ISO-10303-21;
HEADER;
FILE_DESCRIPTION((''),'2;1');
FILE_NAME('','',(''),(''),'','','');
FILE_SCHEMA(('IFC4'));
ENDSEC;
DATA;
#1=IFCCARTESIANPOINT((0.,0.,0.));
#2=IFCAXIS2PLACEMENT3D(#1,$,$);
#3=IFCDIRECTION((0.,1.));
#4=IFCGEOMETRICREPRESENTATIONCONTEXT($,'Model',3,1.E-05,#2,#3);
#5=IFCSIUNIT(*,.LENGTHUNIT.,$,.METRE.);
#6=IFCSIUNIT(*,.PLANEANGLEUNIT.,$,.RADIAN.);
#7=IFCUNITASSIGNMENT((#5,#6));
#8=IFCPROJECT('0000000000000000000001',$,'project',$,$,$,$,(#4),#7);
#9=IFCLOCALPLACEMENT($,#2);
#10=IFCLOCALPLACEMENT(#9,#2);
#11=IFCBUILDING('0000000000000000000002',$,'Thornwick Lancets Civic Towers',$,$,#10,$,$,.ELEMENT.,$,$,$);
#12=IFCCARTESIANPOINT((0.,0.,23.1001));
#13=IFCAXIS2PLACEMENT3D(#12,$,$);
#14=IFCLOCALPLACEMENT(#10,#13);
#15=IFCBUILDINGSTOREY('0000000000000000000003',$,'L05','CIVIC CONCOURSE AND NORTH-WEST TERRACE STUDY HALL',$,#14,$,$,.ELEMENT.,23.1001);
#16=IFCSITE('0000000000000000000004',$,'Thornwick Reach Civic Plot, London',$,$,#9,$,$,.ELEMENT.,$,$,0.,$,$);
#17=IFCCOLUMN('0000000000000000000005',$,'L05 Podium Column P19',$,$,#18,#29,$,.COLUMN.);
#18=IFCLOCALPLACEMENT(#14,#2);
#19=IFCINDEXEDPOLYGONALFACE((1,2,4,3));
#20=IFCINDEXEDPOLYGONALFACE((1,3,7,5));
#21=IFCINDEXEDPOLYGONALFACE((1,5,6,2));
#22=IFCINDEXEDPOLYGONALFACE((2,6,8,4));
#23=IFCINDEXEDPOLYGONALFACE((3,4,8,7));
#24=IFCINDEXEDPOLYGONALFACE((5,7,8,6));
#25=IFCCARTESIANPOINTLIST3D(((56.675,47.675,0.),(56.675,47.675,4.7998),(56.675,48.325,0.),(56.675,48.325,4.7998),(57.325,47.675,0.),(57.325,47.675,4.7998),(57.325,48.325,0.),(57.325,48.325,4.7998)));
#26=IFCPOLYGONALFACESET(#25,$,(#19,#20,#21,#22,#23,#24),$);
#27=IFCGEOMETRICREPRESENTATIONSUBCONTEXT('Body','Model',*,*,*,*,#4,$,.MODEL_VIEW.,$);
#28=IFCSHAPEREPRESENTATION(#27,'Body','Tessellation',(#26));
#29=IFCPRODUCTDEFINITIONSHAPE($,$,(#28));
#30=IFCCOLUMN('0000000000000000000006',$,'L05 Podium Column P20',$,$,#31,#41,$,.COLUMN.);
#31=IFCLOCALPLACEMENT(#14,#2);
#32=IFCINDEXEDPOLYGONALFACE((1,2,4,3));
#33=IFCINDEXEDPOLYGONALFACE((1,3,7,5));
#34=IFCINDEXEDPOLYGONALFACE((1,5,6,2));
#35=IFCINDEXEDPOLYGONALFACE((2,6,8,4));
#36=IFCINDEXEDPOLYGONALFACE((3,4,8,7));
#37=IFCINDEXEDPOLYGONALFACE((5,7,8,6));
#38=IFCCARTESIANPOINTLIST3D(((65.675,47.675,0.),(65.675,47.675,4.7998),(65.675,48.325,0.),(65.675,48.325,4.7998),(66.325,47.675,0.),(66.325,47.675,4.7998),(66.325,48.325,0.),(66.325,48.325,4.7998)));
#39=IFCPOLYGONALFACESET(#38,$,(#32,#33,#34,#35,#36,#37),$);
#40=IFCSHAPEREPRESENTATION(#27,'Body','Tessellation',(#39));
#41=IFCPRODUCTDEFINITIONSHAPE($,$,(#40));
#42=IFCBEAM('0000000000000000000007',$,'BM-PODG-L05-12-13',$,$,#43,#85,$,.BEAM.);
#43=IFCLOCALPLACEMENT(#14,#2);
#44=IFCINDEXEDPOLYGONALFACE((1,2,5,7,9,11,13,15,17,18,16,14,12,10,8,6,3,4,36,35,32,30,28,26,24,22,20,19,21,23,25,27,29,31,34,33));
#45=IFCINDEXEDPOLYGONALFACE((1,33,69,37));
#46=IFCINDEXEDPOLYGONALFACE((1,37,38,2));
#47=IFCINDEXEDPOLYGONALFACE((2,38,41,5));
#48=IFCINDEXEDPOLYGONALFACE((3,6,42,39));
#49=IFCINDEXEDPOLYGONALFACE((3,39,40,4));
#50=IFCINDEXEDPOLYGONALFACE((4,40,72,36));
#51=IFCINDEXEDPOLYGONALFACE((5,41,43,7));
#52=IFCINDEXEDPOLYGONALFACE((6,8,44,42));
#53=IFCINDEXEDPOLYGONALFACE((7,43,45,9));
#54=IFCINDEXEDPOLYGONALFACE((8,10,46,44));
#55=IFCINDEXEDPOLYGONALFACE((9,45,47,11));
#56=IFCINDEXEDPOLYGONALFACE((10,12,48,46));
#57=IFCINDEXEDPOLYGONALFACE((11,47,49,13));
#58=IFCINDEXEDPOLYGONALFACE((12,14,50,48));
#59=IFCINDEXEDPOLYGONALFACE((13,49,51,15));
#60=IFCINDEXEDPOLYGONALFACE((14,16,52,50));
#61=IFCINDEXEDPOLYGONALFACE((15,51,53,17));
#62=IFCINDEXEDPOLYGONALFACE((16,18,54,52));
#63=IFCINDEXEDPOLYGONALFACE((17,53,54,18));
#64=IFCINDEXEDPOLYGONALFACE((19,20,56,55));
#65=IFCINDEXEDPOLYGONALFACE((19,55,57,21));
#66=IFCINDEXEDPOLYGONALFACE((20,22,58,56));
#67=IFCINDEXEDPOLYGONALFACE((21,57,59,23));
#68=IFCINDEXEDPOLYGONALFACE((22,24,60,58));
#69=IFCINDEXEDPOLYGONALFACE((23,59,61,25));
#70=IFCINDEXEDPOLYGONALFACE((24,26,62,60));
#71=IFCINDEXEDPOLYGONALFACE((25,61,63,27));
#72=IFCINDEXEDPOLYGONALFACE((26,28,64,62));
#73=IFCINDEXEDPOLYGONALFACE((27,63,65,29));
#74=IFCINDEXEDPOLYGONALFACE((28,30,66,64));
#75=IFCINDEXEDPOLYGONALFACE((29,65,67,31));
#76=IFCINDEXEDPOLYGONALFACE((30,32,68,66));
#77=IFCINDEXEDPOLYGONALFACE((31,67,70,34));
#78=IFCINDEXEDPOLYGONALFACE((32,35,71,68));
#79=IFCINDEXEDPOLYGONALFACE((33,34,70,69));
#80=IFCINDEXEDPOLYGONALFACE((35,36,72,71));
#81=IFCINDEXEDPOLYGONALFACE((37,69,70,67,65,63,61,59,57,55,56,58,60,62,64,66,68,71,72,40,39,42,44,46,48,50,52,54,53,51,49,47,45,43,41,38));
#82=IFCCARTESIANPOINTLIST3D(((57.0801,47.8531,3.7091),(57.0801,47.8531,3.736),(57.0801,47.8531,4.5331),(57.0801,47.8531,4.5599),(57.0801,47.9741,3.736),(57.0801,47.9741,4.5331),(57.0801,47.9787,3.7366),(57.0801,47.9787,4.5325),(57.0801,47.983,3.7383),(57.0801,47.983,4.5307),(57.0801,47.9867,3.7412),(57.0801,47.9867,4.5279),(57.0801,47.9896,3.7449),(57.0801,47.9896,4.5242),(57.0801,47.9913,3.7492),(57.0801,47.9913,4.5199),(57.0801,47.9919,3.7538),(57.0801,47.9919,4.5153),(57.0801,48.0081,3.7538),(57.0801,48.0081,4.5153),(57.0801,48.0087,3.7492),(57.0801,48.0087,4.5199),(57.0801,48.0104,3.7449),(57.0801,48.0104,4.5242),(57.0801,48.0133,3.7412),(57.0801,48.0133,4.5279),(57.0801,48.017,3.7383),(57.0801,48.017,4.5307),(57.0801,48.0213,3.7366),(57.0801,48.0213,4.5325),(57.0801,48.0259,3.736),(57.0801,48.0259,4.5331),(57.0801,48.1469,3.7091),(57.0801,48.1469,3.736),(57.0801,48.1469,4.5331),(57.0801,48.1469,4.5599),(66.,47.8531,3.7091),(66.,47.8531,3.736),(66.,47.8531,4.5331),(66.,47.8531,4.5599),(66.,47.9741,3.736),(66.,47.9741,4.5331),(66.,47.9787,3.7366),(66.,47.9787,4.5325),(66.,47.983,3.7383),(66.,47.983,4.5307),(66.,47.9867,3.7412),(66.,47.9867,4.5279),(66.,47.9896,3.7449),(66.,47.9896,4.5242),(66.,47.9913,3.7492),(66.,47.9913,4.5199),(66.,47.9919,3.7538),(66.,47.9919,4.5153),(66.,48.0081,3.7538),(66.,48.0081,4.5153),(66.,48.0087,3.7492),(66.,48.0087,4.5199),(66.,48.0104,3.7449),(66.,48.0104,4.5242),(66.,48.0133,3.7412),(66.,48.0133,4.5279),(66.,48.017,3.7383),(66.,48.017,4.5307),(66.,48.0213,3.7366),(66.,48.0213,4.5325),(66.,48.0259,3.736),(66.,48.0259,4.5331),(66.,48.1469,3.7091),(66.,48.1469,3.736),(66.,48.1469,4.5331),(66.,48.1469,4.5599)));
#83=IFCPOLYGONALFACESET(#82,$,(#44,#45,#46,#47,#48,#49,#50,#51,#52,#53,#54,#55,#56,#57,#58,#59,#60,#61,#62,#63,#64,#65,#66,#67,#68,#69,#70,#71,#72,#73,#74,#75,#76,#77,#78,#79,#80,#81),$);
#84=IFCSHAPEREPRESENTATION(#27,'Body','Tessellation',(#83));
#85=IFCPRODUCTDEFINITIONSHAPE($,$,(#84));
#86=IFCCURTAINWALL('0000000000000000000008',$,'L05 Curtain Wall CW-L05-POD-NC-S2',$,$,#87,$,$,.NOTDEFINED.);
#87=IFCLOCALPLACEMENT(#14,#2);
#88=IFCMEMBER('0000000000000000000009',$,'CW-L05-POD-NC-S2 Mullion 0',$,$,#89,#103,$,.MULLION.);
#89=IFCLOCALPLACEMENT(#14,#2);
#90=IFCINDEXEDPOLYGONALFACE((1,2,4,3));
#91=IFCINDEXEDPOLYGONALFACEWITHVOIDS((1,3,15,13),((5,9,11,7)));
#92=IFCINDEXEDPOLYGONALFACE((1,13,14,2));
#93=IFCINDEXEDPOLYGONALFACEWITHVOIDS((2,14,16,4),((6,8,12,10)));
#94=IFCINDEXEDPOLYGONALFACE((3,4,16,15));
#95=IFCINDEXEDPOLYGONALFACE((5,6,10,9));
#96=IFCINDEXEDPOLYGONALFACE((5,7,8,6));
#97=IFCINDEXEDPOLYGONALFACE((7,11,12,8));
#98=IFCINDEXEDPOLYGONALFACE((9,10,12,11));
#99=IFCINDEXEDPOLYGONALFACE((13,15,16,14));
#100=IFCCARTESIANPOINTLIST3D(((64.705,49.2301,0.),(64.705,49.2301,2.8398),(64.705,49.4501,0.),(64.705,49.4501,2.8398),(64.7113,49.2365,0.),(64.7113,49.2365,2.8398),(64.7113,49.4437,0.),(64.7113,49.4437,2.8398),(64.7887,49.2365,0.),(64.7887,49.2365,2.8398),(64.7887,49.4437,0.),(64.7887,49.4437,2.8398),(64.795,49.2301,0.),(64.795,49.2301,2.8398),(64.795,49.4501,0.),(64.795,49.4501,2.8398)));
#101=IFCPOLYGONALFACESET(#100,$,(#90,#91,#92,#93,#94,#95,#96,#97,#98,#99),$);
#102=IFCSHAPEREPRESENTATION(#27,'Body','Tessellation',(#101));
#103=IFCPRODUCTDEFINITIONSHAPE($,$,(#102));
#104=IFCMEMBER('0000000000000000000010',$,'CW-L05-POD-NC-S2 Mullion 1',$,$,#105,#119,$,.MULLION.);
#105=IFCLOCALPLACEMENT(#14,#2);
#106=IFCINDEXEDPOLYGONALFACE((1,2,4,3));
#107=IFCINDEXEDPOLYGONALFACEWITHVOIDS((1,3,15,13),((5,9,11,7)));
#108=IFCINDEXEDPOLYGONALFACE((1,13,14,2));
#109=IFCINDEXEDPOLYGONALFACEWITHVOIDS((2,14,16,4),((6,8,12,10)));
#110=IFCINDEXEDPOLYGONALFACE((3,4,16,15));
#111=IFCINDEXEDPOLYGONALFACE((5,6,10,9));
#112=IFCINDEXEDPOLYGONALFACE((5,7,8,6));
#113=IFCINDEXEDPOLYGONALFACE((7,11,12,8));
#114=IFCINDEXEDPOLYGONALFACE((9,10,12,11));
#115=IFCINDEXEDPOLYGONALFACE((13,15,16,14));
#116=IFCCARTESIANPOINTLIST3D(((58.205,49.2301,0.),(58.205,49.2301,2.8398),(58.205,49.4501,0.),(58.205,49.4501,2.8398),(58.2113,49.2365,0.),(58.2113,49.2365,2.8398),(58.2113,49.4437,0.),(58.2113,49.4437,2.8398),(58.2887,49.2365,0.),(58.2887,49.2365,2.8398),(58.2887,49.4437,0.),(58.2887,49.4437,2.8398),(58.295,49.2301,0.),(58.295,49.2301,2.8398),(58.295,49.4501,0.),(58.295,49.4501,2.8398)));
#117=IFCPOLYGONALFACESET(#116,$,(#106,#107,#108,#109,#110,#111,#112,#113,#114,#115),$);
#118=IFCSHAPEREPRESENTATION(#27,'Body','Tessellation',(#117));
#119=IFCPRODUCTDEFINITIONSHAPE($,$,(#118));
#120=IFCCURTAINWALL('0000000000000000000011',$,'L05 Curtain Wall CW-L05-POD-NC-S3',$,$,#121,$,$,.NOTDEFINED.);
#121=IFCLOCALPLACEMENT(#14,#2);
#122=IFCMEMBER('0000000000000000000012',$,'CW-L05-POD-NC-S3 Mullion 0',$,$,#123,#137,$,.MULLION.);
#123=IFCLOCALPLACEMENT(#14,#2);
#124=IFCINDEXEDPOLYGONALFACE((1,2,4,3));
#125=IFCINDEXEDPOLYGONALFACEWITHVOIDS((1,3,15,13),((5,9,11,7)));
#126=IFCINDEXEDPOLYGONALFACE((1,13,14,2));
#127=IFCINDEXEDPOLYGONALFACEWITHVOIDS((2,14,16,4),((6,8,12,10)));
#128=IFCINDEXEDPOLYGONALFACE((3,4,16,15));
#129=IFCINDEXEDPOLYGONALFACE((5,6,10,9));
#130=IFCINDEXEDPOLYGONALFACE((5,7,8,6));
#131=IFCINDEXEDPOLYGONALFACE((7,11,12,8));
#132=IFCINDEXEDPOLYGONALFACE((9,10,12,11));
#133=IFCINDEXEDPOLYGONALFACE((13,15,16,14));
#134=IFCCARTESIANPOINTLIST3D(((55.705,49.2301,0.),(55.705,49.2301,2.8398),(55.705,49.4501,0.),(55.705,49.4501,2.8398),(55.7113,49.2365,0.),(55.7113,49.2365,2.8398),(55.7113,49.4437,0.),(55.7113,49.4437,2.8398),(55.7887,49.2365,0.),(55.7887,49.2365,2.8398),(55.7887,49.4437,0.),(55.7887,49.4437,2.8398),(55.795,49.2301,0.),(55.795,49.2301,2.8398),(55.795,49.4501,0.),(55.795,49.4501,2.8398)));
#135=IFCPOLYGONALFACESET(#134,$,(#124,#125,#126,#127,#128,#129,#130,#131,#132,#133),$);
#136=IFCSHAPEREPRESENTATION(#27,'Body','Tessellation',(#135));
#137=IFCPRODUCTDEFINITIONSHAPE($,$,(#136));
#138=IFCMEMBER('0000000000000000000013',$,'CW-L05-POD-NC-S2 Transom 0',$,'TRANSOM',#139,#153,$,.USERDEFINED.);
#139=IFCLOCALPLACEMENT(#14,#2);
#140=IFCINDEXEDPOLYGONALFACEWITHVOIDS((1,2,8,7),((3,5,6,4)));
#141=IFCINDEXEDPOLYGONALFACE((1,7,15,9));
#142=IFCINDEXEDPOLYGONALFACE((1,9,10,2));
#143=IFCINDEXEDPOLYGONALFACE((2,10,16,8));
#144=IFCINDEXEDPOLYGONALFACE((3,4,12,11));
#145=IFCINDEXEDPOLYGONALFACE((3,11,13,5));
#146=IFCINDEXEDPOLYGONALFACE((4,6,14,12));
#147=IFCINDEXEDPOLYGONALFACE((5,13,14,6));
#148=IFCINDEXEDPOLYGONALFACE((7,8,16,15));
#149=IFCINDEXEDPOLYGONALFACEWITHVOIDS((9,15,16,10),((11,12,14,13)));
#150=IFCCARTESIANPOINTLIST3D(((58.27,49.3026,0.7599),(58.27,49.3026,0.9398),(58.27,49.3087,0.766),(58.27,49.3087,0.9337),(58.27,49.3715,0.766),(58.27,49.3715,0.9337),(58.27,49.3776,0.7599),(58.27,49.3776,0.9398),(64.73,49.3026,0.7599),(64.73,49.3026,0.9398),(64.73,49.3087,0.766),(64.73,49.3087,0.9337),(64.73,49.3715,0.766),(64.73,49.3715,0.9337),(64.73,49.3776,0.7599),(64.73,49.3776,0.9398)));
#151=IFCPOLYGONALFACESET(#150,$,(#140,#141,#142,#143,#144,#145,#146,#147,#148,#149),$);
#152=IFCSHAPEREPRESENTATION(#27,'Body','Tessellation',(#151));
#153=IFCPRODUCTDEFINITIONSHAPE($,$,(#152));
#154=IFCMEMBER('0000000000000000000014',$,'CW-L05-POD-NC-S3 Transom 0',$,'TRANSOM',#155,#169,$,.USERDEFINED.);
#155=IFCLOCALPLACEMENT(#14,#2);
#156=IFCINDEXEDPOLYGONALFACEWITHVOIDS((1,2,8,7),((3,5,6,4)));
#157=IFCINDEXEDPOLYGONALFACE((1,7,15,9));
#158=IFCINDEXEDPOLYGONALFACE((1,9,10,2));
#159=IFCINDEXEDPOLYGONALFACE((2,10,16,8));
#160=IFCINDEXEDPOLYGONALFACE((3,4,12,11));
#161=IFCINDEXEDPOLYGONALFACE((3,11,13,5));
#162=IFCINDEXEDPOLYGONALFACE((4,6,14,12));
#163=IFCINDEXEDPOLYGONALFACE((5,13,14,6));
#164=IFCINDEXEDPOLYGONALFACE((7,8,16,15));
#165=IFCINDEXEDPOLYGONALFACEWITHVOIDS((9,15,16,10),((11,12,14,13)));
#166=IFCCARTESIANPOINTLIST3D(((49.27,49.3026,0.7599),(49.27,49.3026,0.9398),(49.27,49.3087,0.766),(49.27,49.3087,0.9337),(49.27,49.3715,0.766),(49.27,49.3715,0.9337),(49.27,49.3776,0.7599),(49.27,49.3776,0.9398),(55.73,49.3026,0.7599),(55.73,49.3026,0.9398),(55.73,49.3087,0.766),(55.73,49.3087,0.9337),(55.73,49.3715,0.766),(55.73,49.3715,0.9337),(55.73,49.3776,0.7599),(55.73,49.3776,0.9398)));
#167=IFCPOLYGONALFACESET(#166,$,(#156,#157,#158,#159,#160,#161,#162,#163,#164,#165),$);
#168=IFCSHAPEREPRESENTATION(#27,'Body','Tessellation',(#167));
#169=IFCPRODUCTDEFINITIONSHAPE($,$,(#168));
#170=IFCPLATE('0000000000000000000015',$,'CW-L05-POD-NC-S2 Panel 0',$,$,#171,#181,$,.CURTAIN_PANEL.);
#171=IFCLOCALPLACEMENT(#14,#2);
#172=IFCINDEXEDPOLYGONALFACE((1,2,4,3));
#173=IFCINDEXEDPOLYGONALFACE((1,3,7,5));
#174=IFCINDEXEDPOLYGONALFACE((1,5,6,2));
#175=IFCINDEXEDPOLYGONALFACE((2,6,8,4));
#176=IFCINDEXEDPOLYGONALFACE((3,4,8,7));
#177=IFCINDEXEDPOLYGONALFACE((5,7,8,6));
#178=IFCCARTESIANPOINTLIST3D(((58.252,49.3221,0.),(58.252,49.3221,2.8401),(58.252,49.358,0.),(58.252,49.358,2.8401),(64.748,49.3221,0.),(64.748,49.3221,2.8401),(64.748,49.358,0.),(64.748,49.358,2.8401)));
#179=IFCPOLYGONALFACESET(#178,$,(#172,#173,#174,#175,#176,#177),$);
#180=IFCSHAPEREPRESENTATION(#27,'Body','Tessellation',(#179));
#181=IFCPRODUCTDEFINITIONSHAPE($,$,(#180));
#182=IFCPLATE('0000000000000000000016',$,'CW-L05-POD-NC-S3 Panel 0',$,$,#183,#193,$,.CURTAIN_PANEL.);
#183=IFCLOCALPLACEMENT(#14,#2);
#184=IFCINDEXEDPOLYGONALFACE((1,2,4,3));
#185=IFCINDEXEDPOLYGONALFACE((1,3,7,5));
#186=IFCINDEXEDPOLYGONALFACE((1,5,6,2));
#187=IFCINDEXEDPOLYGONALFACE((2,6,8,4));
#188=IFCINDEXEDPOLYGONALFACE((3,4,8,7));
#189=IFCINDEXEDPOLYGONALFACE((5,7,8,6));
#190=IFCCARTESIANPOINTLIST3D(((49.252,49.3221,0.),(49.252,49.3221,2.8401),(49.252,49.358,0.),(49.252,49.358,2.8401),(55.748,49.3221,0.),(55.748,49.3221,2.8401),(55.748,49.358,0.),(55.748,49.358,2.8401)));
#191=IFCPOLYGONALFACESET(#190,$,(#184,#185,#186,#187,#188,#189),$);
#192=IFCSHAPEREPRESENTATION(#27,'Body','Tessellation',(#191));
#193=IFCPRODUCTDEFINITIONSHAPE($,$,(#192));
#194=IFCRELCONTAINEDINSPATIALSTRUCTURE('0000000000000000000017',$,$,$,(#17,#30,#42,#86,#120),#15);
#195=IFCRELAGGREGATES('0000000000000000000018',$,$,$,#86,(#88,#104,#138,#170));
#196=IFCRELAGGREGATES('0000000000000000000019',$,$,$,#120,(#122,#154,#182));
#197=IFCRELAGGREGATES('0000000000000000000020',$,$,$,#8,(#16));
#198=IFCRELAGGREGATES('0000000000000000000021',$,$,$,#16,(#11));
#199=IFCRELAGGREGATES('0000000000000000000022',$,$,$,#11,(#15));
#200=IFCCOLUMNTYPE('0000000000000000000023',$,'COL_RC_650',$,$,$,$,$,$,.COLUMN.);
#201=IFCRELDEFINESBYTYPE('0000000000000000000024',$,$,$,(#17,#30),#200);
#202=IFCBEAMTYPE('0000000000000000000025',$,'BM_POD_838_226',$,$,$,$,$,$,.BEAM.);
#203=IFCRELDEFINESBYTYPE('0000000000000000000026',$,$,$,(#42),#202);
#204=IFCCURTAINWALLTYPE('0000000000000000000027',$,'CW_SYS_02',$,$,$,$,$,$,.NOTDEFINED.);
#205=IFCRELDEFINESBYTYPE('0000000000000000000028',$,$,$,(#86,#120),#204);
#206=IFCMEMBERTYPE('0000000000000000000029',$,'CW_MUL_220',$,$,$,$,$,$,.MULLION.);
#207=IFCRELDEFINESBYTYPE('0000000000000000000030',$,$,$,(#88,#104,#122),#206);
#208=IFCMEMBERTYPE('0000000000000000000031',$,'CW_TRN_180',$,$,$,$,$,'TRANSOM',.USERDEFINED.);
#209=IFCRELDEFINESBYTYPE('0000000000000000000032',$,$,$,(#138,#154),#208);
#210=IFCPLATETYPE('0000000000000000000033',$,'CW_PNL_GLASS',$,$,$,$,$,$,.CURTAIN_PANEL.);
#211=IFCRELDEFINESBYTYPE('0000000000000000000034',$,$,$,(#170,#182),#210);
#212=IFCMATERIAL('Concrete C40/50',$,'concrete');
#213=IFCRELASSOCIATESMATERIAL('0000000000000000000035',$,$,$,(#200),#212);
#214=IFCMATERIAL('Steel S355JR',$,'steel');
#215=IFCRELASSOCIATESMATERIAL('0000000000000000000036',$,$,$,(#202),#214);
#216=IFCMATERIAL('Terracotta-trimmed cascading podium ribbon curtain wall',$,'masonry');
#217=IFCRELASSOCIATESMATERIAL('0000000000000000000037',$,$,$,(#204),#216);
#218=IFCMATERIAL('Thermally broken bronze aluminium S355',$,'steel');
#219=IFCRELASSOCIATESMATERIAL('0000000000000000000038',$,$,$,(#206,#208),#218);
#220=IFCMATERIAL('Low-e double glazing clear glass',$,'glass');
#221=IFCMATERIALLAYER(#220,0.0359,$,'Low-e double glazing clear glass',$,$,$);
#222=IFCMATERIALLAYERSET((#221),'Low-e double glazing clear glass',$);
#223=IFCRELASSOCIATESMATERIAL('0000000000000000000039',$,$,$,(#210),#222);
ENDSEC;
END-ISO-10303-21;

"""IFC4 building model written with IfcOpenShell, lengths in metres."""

from ifc_helpers import new_model, si_unit, direction, frame, origin, origin_2d, place, context, subcontext, project, spatial, rectangle, hollow_rectangle, i_section, extrude, material, layer, layer_set, material_profile, profile_set, type_object, element, aggregate, save


model = new_model("IFC4")

# Units and contexts
model_context = context("Model", 3, precision=1e-05, world=origin(), true_north=direction((0.0, 1.0)))
body_context = subcontext(model_context, "Body", "Model", "MODEL_VIEW")
ifc_project = project(units=[si_unit("LENGTHUNIT", "METRE"), si_unit("PLANEANGLEUNIT", "RADIAN")], contexts=[model_context])

# Site, building, storey
site_placement = place(None, origin())
site = spatial("IfcSite", under=ifc_project, at=site_placement, Name="Thornwick Reach Civic Plot, London", CompositionType="ELEMENT", RefElevation=0.0)
building_placement = place(site_placement, origin())
building = spatial("IfcBuilding", under=site, at=building_placement, Name="Thornwick Lancets Civic Towers", CompositionType="ELEMENT")
storey_placement = place(building_placement, frame((0.0, 0.0, 23.1001)))
storey = spatial("IfcBuildingStorey", under=building, at=storey_placement, Name="L05", Description="CIVIC CONCOURSE AND NORTH-WEST TERRACE STUDY HALL", CompositionType="ELEMENT", Elevation=23.1001)

# Columns
ifc_material_1 = material(Name="Concrete C40/50", Category="concrete")
ifc_material_profile_1 = material_profile(ifc_material_1, rectangle(XDim=0.6499, YDim=0.6499, at=origin_2d()), Name="RC 650x650")
ifc_profile_set_1 = profile_set([ifc_material_profile_1], Name="Concrete C40/50")
column_type = type_object("IfcColumnType", Name="COL_RC_650", PredefinedType="COLUMN", material=ifc_profile_set_1)
for number, where, z_axis, x_axis, name in (
    (1, (57.0, 48.0, 0.0), (0.0, 0.0, 1.0), (1.0, 0.0, 0.0), "L05 Podium Column P19"),
    (2, (66.0, 48.0, 0.0), (0.0, 0.0, 1.0), (1.0, 0.0, 0.0), "L05 Podium Column P20"),
):
    element("IfcColumn", number, at=place(storey_placement, frame(where, z_axis=z_axis, x_axis=x_axis)), inside=storey, type_object=column_type, Name=name, PredefinedType="COLUMN", context=body_context, shape_type="SweptSolid", body=[
        extrude(rectangle(XDim=0.6499, YDim=0.6499, at=origin_2d()), origin(), (0.0, 0.0, 1.0), 4.7998),
    ])

# Beam
ifc_material_2 = material(Name="Steel S355JR", Category="steel")
ifc_material_profile_2 = material_profile(ifc_material_2, i_section(OverallWidth=0.2937, OverallDepth=0.8508, WebThickness=0.0161, FlangeThickness=0.0269, FilletRadius=0.0178, at=origin_2d()), Name="UKB 838x292x226")
ifc_profile_set_2 = profile_set([ifc_material_profile_2], Name="Steel S355JR")
beam_type = type_object("IfcBeamType", Name="BM_POD_838_226", PredefinedType="BEAM", material=ifc_profile_set_2)
beam_placement = place(storey_placement, frame((57.0801, 48.0, 4.1345), z_axis=(1.0, 0.0, 0.0), x_axis=(0.0, 1.0, 0.0)))
element("IfcBeam", 3, at=beam_placement, inside=storey, type_object=beam_type, Name="BM-PODG-L05-12-13", PredefinedType="BEAM", context=body_context, shape_type="SweptSolid", body=[
    extrude(i_section(OverallWidth=0.2937, OverallDepth=0.8508, WebThickness=0.0161, FlangeThickness=0.0269, FilletRadius=0.0178, at=origin_2d()), origin(), (0.0, 0.0, 1.0), 8.9199),
])

# Curtain wall, members
ifc_material_3 = material(Name="Terracotta-trimmed cascading podium ribbon curtain wall", Category="masonry")
curtain_wall_type = type_object("IfcCurtainWallType", Name="CW_SYS_02", PredefinedType="NOTDEFINED", material=ifc_material_3)
curtain_wall_1_placement = place(storey_placement, origin())
curtain_wall_1 = element("IfcCurtainWall", 4, at=curtain_wall_1_placement, inside=storey, type_object=curtain_wall_type, Name="L05 Curtain Wall CW-L05-POD-NC-S2", PredefinedType="NOTDEFINED")
ifc_material_4 = material(Name="Thermally broken bronze aluminium S355", Category="steel")
ifc_material_profile_3 = material_profile(ifc_material_4, hollow_rectangle(XDim=0.0901, YDim=0.22, WallThickness=0.0063, at=origin_2d()), Name="RHS 220x90x6.3")
ifc_profile_set_3 = profile_set([ifc_material_profile_3], Name="Thermally broken bronze aluminium S355")
member_type_1 = type_object("IfcMemberType", Name="CW_MUL_220", PredefinedType="MULLION", material=ifc_profile_set_3)
member_1_placement = place(storey_placement, frame((64.75, 49.3401, 0.0), z_axis=(0.0, 0.0, 1.0), x_axis=(1.0, 0.0, 0.0)))
member_1 = element("IfcMember", 5, at=member_1_placement, type_object=member_type_1, Name="CW-L05-POD-NC-S2 Mullion 0", PredefinedType="MULLION", context=body_context, shape_type="SweptSolid", body=[
    extrude(hollow_rectangle(XDim=0.0901, YDim=0.22, WallThickness=0.0063, at=origin_2d()), origin(), (0.0, 0.0, 1.0), 2.8398),
])
member_2_placement = place(storey_placement, frame((58.25, 49.3401, 0.0), z_axis=(0.0, 0.0, 1.0), x_axis=(1.0, 0.0, 0.0)))
member_2 = element("IfcMember", 6, at=member_2_placement, type_object=member_type_1, Name="CW-L05-POD-NC-S2 Mullion 1", PredefinedType="MULLION", context=body_context, shape_type="SweptSolid", body=[
    extrude(hollow_rectangle(XDim=0.0901, YDim=0.22, WallThickness=0.0063, at=origin_2d()), origin(), (0.0, 0.0, 1.0), 2.8398),
])

# Curtain wall, member
curtain_wall_2_placement = place(storey_placement, origin())
curtain_wall_2 = element("IfcCurtainWall", 7, at=curtain_wall_2_placement, inside=storey, type_object=curtain_wall_type, Name="L05 Curtain Wall CW-L05-POD-NC-S3", PredefinedType="NOTDEFINED")
member_3_placement = place(storey_placement, frame((55.75, 49.3401, 0.0), z_axis=(0.0, 0.0, 1.0), x_axis=(1.0, 0.0, 0.0)))
member_3 = element("IfcMember", 8, at=member_3_placement, type_object=member_type_1, Name="CW-L05-POD-NC-S3 Mullion 0", PredefinedType="MULLION", context=body_context, shape_type="SweptSolid", body=[
    extrude(hollow_rectangle(XDim=0.0901, YDim=0.22, WallThickness=0.0063, at=origin_2d()), origin(), (0.0, 0.0, 1.0), 2.8398),
])

# Members
ifc_material_profile_4 = material_profile(ifc_material_4, hollow_rectangle(XDim=0.075, YDim=0.1799, WallThickness=0.0061, at=origin_2d()), Name="RHS 180x75x6")
ifc_profile_set_4 = profile_set([ifc_material_profile_4], Name="Thermally broken bronze aluminium S355")
member_type_2 = type_object("IfcMemberType", Name="CW_TRN_180", ElementType="TRANSOM", PredefinedType="USERDEFINED", material=ifc_profile_set_4)
member_4_placement = place(storey_placement, frame((64.73, 49.3401, 0.8499), z_axis=(-1.0, 0.0, 0.0), x_axis=(0.0, -1.0, 0.0)))
member_4 = element("IfcMember", 9, at=member_4_placement, type_object=member_type_2, Name="CW-L05-POD-NC-S2 Transom 0", ObjectType="TRANSOM", PredefinedType="USERDEFINED", context=body_context, shape_type="SweptSolid", body=[
    extrude(hollow_rectangle(XDim=0.075, YDim=0.1799, WallThickness=0.0061, at=origin_2d()), origin(), (0.0, 0.0, 1.0), 6.46),
])
member_5_placement = place(storey_placement, frame((55.73, 49.3401, 0.8499), z_axis=(-1.0, 0.0, 0.0), x_axis=(0.0, -1.0, 0.0)))
member_5 = element("IfcMember", 10, at=member_5_placement, type_object=member_type_2, Name="CW-L05-POD-NC-S3 Transom 0", ObjectType="TRANSOM", PredefinedType="USERDEFINED", context=body_context, shape_type="SweptSolid", body=[
    extrude(hollow_rectangle(XDim=0.075, YDim=0.1799, WallThickness=0.0061, at=origin_2d()), origin(), (0.0, 0.0, 1.0), 6.46),
])

# Plates
ifc_material_5 = material(Name="Low-e double glazing clear glass", Category="glass")
ifc_layer_1 = layer(ifc_material_5, 0.0359, Name="Low-e double glazing clear glass")
ifc_layer_set_1 = layer_set([ifc_layer_1], Name="Low-e double glazing clear glass")
plate_type = type_object("IfcPlateType", Name="CW_PNL_GLASS", PredefinedType="CURTAIN_PANEL", material=ifc_layer_set_1)
plate_1_placement = place(storey_placement, frame((61.5, 49.3401, 0.0), z_axis=(0.0, 0.0, 1.0), x_axis=(-1.0, 0.0, 0.0)))
plate_1 = element("IfcPlate", 11, at=plate_1_placement, type_object=plate_type, Name="CW-L05-POD-NC-S2 Panel 0", PredefinedType="CURTAIN_PANEL", context=body_context, shape_type="SweptSolid", body=[
    extrude(rectangle(XDim=6.4961, YDim=0.0359, at=origin_2d()), origin(), (0.0, 0.0, 1.0), 2.8401),
])
aggregate(curtain_wall_1, [member_1, member_2, member_4, plate_1])
plate_2_placement = place(storey_placement, frame((52.5, 49.3401, 0.0), z_axis=(0.0, 0.0, 1.0), x_axis=(-1.0, 0.0, 0.0)))
plate_2 = element("IfcPlate", 12, at=plate_2_placement, type_object=plate_type, Name="CW-L05-POD-NC-S3 Panel 0", PredefinedType="CURTAIN_PANEL", context=body_context, shape_type="SweptSolid", body=[
    extrude(rectangle(XDim=6.4961, YDim=0.0359, at=origin_2d()), origin(), (0.0, 0.0, 1.0), 2.8401),
])
aggregate(curtain_wall_2, [member_3, member_5, plate_2])

save(model, "model.ifc")
